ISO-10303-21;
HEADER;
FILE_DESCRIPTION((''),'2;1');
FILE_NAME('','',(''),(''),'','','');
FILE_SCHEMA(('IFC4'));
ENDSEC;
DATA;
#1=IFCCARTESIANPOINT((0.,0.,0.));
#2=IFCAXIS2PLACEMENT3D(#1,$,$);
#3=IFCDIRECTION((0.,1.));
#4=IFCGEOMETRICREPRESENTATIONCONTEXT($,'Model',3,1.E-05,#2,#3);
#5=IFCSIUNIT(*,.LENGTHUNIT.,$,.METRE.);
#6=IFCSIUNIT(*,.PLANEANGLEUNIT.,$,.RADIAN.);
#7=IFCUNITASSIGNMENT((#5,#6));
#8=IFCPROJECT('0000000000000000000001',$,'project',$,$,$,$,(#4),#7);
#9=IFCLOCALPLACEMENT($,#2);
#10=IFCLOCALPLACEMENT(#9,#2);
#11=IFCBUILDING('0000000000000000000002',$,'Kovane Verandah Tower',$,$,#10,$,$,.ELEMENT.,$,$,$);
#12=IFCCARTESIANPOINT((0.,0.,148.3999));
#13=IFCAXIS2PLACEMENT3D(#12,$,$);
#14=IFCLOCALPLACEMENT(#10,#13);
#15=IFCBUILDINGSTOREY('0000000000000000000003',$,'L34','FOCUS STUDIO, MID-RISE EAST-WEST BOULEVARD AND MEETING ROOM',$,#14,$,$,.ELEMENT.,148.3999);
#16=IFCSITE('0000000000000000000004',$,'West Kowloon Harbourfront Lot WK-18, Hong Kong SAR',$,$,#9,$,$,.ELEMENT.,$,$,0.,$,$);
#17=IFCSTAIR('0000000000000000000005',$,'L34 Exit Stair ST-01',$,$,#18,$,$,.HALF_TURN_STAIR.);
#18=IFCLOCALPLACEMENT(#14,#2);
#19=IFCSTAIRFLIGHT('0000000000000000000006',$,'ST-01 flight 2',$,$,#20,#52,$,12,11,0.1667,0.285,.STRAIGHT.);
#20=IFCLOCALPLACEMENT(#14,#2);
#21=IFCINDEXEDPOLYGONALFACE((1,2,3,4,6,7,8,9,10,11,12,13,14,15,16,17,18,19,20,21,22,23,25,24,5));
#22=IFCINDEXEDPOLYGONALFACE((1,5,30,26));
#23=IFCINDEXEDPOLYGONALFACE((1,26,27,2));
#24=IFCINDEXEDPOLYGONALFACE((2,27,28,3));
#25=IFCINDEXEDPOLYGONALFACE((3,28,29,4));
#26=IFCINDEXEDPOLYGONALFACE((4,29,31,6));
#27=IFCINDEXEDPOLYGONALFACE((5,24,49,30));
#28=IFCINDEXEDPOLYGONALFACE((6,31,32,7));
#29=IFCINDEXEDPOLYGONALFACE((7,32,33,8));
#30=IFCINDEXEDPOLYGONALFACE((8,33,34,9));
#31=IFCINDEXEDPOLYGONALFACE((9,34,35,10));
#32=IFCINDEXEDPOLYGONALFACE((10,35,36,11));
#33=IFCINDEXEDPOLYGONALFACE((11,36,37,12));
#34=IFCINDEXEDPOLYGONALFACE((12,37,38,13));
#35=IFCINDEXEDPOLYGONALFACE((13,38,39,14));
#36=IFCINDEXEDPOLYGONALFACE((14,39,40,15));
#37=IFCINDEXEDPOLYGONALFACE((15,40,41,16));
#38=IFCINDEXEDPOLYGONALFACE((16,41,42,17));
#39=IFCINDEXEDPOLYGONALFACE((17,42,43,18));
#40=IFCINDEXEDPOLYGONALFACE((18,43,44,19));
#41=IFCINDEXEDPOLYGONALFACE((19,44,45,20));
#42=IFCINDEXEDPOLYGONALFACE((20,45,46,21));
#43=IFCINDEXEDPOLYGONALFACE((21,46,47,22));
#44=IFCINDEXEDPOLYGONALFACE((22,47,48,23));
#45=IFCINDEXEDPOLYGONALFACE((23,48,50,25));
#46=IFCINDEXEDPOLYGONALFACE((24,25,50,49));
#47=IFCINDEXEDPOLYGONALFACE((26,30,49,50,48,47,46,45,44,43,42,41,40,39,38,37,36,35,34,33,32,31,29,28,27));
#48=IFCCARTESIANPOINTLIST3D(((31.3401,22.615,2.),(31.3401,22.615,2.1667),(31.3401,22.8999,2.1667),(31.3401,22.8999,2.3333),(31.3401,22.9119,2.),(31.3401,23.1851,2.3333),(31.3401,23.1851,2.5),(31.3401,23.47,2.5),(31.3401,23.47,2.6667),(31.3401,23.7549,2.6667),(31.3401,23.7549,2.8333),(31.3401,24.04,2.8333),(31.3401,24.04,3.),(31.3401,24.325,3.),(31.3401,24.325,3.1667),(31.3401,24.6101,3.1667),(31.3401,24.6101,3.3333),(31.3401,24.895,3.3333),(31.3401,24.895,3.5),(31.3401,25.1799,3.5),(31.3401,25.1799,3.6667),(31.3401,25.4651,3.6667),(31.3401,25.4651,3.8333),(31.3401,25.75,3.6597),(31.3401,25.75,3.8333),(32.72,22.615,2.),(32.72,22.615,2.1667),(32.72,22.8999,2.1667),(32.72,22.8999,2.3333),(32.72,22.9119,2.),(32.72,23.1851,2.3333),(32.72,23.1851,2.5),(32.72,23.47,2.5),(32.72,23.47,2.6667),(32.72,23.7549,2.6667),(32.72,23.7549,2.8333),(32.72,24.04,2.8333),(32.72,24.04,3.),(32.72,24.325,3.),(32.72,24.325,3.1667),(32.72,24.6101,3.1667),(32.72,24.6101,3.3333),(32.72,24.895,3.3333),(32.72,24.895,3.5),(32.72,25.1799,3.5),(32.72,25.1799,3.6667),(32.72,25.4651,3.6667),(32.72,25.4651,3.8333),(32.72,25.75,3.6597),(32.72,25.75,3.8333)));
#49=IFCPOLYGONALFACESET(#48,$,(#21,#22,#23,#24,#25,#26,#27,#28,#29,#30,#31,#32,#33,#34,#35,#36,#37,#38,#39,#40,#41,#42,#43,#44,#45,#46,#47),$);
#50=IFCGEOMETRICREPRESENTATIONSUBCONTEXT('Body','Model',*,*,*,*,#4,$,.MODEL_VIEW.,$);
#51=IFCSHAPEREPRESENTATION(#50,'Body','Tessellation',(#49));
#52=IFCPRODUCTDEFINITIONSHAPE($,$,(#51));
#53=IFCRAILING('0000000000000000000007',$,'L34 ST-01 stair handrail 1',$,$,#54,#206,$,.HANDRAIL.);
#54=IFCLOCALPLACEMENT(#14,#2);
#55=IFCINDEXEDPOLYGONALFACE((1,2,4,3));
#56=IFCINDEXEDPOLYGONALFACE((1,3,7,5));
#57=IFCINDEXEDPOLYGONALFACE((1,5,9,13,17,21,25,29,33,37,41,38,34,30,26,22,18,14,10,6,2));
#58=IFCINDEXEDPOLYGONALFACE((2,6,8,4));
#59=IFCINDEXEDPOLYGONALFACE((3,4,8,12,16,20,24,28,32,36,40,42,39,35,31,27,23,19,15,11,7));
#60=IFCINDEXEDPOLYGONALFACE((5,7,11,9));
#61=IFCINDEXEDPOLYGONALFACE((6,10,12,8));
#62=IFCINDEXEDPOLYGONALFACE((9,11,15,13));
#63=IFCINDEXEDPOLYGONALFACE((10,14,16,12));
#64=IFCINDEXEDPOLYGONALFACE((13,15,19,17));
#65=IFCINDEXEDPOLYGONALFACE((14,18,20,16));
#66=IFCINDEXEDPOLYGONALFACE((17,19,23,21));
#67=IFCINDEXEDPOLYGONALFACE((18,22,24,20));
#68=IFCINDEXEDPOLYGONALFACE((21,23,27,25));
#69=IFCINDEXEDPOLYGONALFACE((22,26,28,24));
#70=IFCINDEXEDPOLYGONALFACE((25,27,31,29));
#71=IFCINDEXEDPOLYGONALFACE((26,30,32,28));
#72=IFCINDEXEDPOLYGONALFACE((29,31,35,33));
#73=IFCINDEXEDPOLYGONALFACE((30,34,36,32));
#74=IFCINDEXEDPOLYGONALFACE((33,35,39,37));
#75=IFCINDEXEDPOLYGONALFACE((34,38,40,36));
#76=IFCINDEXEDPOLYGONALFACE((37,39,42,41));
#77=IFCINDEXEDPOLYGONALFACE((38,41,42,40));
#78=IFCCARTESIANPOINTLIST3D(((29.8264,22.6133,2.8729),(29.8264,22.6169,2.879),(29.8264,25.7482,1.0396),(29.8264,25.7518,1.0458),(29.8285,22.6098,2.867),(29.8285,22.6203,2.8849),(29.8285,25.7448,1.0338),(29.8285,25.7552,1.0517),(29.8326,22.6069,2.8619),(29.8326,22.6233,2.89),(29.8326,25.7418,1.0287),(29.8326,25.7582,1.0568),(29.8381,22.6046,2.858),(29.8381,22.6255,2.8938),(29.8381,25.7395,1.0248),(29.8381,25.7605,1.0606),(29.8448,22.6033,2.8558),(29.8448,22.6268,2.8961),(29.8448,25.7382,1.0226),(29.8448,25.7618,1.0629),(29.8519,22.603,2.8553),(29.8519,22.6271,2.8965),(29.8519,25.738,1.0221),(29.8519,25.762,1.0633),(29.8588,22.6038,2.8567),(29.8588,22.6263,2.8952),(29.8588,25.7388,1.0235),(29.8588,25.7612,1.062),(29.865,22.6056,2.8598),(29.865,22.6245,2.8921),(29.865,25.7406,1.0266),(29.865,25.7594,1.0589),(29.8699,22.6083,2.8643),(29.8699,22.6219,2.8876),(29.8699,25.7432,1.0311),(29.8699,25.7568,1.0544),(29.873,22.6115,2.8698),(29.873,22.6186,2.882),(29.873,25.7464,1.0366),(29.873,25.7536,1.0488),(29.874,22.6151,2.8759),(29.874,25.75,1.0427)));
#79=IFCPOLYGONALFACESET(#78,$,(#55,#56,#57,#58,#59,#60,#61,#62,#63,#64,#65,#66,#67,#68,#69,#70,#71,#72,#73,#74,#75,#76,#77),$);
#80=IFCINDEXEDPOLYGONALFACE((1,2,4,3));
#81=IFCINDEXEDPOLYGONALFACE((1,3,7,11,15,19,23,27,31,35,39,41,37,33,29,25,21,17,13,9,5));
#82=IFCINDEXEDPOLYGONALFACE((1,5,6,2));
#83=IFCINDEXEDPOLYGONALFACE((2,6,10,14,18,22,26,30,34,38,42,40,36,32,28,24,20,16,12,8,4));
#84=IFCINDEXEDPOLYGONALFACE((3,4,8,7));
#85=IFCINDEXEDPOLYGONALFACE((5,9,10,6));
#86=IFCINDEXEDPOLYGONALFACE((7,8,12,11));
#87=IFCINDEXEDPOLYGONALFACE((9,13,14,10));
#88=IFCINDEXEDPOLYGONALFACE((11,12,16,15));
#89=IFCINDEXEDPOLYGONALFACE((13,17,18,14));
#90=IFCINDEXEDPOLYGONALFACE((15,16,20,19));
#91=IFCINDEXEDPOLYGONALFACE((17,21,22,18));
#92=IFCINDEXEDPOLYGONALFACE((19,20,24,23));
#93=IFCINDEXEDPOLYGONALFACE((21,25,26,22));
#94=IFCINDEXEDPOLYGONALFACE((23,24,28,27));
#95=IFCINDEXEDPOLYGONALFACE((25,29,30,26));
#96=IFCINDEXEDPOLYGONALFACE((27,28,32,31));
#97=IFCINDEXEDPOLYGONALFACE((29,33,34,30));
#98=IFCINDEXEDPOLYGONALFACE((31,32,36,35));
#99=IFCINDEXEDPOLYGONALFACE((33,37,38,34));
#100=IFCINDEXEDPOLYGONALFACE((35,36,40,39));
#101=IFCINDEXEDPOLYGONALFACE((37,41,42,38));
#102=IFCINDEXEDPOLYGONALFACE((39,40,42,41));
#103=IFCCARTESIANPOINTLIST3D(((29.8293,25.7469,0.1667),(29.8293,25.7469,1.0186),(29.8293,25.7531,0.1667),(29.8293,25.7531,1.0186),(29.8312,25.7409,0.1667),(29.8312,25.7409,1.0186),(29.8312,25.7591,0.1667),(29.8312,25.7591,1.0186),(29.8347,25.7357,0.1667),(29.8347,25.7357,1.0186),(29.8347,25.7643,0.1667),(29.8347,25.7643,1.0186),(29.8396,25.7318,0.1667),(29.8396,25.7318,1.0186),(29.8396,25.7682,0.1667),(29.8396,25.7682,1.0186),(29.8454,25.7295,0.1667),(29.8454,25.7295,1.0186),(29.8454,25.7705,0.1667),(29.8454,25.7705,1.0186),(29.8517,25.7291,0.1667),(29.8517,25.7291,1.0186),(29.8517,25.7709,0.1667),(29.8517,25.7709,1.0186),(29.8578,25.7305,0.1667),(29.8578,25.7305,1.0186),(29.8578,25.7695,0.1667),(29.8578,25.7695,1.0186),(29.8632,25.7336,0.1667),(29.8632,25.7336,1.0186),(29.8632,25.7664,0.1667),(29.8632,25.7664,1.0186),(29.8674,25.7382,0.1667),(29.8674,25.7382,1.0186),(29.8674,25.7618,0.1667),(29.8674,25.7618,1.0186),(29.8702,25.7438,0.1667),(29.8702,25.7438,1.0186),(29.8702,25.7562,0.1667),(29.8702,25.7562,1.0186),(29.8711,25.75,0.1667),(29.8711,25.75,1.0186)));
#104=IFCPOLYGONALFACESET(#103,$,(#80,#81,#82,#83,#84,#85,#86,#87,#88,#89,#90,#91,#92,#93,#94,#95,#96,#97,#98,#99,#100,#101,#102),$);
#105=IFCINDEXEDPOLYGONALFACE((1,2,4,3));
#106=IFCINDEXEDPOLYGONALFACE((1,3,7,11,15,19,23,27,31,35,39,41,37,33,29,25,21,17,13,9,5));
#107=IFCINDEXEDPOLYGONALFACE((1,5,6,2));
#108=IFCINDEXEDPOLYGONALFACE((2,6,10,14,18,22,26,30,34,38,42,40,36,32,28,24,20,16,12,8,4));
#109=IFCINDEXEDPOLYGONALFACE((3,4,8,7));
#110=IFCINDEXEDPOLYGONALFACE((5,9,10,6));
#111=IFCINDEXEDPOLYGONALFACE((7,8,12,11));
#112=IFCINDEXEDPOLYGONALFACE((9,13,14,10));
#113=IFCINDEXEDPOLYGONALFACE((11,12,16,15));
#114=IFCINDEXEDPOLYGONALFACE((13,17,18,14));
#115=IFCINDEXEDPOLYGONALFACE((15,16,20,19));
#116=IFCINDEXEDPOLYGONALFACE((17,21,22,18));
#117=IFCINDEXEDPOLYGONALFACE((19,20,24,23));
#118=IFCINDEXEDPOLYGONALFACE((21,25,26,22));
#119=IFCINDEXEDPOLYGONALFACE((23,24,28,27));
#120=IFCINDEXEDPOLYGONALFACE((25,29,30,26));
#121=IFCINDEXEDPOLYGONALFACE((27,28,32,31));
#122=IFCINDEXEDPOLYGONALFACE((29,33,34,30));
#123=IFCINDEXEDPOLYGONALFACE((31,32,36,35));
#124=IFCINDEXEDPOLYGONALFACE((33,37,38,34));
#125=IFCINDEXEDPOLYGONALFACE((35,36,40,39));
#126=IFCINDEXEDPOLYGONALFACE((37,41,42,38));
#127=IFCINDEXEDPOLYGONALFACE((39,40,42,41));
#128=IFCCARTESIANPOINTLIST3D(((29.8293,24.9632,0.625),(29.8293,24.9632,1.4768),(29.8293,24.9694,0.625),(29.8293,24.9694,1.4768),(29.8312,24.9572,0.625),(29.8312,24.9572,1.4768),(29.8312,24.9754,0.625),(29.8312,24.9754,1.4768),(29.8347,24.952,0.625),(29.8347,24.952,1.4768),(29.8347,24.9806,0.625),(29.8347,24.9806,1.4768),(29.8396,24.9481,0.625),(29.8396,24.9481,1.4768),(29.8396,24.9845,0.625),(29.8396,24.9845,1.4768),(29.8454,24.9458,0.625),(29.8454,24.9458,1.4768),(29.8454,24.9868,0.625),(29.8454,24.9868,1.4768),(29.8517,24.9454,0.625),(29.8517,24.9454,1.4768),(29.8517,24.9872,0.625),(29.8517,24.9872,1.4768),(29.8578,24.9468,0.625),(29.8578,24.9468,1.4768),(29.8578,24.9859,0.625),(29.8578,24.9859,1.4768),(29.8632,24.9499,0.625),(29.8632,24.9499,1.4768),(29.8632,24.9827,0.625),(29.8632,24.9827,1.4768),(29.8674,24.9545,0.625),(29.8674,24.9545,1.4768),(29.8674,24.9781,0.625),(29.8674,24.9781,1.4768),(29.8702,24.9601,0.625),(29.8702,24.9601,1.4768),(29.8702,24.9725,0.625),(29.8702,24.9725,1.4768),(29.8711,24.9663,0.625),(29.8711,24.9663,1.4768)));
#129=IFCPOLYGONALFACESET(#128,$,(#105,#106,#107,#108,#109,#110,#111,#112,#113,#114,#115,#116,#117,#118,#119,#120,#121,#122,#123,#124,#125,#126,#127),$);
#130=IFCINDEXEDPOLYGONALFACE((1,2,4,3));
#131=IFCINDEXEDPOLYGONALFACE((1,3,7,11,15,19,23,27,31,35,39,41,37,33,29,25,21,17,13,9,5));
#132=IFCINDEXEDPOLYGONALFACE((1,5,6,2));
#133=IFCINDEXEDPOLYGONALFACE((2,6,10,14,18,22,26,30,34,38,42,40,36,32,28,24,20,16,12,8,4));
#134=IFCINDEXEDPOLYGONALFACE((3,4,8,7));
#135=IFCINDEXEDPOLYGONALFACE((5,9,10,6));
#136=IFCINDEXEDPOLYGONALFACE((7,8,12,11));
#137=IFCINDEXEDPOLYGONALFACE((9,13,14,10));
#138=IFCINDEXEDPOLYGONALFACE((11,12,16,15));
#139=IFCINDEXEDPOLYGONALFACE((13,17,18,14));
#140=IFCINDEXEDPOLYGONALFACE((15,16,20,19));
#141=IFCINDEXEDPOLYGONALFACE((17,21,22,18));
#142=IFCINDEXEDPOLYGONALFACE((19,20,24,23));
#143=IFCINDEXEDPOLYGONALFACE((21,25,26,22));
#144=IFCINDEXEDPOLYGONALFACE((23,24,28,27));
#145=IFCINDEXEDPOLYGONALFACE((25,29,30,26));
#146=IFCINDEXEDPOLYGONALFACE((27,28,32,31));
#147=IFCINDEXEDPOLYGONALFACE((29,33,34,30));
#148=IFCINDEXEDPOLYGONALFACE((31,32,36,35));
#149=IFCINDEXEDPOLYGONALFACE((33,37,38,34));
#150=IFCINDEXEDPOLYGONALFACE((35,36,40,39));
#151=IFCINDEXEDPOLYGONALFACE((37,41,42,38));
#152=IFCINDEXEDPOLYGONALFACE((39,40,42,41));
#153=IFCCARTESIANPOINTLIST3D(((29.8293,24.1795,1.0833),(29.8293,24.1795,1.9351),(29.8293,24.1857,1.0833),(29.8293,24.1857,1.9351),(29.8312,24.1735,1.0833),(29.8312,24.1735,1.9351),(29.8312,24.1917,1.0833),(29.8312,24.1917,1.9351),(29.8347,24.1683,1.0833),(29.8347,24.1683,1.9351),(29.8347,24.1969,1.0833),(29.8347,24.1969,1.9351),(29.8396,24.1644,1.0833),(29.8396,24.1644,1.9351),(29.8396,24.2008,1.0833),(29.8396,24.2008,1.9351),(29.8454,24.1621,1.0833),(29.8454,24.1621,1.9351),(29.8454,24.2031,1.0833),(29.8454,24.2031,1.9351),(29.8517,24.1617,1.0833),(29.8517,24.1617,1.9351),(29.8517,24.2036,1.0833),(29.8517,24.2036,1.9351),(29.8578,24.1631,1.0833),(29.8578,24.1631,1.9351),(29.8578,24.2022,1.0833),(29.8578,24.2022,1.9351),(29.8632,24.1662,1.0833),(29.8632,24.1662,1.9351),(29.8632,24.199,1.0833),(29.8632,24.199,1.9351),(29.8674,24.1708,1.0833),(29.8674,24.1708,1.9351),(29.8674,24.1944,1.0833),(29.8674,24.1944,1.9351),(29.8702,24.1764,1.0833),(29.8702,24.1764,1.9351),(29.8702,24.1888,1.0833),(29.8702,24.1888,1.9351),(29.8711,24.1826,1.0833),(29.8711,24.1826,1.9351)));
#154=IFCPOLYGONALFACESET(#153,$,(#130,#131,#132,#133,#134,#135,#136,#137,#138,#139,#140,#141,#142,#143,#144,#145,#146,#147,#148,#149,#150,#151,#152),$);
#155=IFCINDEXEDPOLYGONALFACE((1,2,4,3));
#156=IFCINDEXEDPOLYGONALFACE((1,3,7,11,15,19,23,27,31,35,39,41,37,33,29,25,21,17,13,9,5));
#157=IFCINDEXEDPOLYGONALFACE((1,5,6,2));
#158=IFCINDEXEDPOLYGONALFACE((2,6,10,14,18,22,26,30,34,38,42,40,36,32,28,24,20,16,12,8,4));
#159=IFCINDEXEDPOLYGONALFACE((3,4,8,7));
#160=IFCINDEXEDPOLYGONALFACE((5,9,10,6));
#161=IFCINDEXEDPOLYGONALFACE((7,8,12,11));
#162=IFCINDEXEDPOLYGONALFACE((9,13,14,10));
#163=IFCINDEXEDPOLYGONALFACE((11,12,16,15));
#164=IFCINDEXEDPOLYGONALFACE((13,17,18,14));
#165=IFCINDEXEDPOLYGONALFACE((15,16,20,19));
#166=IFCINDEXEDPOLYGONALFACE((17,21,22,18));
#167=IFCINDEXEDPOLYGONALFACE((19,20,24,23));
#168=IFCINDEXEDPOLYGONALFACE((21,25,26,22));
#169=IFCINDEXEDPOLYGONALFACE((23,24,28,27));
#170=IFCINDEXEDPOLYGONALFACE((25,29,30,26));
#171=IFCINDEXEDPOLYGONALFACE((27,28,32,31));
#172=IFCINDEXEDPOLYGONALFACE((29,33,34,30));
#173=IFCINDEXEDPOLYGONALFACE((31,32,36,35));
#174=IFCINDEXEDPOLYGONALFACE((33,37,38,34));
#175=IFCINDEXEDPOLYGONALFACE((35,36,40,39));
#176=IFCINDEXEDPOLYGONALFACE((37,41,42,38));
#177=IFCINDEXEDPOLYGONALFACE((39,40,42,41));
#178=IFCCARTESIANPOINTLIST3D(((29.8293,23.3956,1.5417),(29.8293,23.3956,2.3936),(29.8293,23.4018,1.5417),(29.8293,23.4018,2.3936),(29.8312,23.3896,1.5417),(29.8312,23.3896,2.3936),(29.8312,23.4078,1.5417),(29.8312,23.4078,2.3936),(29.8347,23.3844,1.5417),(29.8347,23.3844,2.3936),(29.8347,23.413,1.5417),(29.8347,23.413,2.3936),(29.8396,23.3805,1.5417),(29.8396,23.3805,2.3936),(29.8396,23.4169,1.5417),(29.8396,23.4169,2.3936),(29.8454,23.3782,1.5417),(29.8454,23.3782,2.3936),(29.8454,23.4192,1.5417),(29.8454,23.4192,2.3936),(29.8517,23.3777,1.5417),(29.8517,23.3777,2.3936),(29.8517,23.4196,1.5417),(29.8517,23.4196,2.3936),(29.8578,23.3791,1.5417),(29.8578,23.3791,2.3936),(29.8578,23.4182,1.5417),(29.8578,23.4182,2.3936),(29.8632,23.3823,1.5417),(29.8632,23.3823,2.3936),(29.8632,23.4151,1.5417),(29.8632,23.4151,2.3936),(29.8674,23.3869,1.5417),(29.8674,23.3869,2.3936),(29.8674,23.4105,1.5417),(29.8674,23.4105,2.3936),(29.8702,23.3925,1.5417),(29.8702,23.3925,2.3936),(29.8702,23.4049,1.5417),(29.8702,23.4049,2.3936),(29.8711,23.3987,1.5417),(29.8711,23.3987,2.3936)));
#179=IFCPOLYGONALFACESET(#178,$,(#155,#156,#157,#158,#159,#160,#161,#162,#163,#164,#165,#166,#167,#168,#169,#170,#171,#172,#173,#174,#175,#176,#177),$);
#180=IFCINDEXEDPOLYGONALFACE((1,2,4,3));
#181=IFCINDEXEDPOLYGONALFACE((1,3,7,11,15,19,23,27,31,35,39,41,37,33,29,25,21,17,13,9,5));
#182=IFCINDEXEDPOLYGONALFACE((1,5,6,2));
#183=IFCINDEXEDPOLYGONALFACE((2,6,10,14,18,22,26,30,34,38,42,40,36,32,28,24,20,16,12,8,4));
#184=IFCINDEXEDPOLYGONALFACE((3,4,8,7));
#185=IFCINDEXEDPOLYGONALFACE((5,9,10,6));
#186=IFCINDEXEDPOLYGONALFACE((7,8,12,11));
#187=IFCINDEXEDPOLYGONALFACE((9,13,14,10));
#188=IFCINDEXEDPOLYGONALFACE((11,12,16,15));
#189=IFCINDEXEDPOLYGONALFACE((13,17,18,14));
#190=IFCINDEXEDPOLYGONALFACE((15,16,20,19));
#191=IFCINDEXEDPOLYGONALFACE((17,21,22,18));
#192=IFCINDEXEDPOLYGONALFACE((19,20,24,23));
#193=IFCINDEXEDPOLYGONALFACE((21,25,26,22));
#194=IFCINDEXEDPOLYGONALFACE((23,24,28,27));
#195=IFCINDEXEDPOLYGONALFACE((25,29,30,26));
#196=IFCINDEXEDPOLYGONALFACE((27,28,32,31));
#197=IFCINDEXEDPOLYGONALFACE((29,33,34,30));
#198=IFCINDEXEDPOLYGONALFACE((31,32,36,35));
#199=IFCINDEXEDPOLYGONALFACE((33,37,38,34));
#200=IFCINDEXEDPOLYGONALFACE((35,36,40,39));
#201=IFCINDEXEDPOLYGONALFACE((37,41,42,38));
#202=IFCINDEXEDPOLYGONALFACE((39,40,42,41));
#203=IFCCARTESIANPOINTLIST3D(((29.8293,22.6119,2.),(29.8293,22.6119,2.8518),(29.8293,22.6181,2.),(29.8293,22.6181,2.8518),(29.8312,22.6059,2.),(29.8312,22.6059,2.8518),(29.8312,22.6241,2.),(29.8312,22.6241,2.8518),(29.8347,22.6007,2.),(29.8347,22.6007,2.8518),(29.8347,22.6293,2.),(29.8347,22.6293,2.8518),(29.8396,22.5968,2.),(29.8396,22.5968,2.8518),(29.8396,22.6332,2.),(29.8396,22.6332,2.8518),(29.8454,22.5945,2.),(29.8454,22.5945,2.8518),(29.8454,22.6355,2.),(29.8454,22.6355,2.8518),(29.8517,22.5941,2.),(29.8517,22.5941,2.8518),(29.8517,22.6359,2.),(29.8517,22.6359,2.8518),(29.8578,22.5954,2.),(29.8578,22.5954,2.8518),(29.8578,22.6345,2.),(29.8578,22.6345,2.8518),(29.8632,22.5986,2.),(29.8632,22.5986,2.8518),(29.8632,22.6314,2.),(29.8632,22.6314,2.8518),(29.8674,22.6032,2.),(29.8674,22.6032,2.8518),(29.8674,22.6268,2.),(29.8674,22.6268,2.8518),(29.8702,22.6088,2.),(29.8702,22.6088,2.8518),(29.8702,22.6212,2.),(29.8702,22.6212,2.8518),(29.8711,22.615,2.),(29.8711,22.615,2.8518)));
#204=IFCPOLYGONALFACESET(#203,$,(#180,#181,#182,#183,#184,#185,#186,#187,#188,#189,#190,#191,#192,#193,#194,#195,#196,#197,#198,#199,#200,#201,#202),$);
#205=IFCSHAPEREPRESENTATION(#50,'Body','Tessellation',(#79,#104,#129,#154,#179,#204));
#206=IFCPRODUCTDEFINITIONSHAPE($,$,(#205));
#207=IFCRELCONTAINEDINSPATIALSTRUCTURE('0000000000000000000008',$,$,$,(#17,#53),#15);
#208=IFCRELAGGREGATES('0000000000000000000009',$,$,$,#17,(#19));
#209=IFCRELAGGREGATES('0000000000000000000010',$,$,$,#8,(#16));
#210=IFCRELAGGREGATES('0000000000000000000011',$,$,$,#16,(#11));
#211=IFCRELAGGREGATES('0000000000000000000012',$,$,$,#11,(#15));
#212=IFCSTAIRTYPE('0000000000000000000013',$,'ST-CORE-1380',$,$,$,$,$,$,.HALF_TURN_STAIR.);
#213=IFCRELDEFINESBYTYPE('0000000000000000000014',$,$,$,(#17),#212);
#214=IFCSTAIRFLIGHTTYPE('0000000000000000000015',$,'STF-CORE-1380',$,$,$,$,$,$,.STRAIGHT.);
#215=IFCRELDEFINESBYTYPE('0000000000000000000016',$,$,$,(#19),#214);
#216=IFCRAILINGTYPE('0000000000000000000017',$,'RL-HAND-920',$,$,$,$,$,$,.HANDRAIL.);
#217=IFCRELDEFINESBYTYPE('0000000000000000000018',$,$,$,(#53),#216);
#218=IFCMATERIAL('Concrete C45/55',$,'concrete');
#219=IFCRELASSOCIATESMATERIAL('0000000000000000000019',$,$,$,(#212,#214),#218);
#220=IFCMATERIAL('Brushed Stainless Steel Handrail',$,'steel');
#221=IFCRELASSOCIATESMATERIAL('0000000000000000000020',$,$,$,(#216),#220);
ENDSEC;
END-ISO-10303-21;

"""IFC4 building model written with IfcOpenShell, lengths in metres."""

from ifc_helpers import new_model, si_unit, direction, frame, origin, origin_2d, place, context, subcontext, project, spatial, polyline, circle, outline, extrude, material, type_object, element, aggregate, save


model = new_model("IFC4")

# Units and contexts
model_context = context("Model", 3, precision=1e-05, world=origin(), true_north=direction((0.0, 1.0)))
body_context = subcontext(model_context, "Body", "Model", "MODEL_VIEW")
ifc_project = project(units=[si_unit("LENGTHUNIT", "METRE"), si_unit("PLANEANGLEUNIT", "RADIAN")], contexts=[model_context])

# Site, building, storey
site_placement = place(None, origin())
site = spatial("IfcSite", under=ifc_project, at=site_placement, Name="West Kowloon Harbourfront Lot WK-18, Hong Kong SAR", CompositionType="ELEMENT", RefElevation=0.0)
building_placement = place(site_placement, origin())
building = spatial("IfcBuilding", under=site, at=building_placement, Name="Kovane Verandah Tower", CompositionType="ELEMENT")
storey_placement = place(building_placement, frame((0.0, 0.0, 148.3999)))
storey = spatial("IfcBuildingStorey", under=building, at=storey_placement, Name="L34", Description="FOCUS STUDIO, MID-RISE EAST-WEST BOULEVARD AND MEETING ROOM", CompositionType="ELEMENT", Elevation=148.3999)

# Shared definitions
ifc_material_1 = material(Name="Concrete C45/55", Category="concrete")

# Stair, stair flight
stair_type = type_object("IfcStairType", Name="ST-CORE-1380", PredefinedType="HALF_TURN_STAIR", material=ifc_material_1)
stair_placement = place(storey_placement, origin())
stair = element("IfcStair", 1, at=stair_placement, inside=storey, type_object=stair_type, Name="L34 Exit Stair ST-01", PredefinedType="HALF_TURN_STAIR")
stair_flight_type = type_object("IfcStairFlightType", Name="STF-CORE-1380", PredefinedType="STRAIGHT", material=ifc_material_1)
stair_flight_1_placement = place(storey_placement, frame((32.03, 22.615, 2.0), z_axis=(0.0, 0.0, 1.0), x_axis=(0.0, 1.0, 0.0)))
stair_flight_1 = element("IfcStairFlight", 2, at=stair_flight_1_placement, type_object=stair_flight_type, Name="ST-01 flight 2", NumberOfRisers=12, NumberOfTreads=11, PredefinedType="STRAIGHT", RiserHeight=0.1667, TreadLength=0.285, context=body_context, shape_type="SweptSolid", body=[
    extrude(outline(polyline([(0.0, 0.0), (0.0, 0.1667), (0.2849, 0.1667), (0.2849, 0.3333), (0.5701, 0.3333), (0.5701, 0.5), (0.855, 0.5), (0.855, 0.6667), (1.1399, 0.6667), (1.1399, 0.8333), (1.425, 0.8333), (1.425, 1.0), (1.71, 1.0), (1.71, 1.1667), (1.9951, 1.1667), (1.9951, 1.3333), (2.28, 1.3333), (2.28, 1.5), (2.5649, 1.5), (2.5649, 1.6667), (2.8501, 1.6667), (2.8501, 1.8333), (3.135, 1.8333), (3.135, 2.0), (3.135, 1.6597), (0.2969, 0.0), (0.0, 0.0)])), frame((0.0, 0.6899, 0.0), z_axis=(0.0, -1.0, 0.0), x_axis=(1.0, 0.0, 0.0)), (0.0, 0.0, 1.0), 1.3799),
])
aggregate(stair, [stair_flight_1])

# Railing
ifc_material_2 = material(Name="Brushed Stainless Steel Handrail", Category="steel")
railing_type_1 = type_object("IfcRailingType", Name="RL-HAND-920", PredefinedType="HANDRAIL", material=ifc_material_2)
railing_1_placement = place(storey_placement, frame((29.8501, 25.75, 0.1667)))
element("IfcRailing", 3, at=railing_1_placement, inside=storey, type_object=railing_type_1, Name="L34 ST-01 stair handrail 1", PredefinedType="HANDRAIL", context=body_context, shape_type="SweptSolid", body=[
    extrude(circle(Radius=0.0239, at=origin_2d()), frame((0.0, 0.0, 0.876), z_axis=(0.0, -0.86324, 0.504794), x_axis=(1.0, 0.0, 0.0)), (0.0, 0.0, 1.0), 3.6316),
    extrude(circle(Radius=0.021, at=origin_2d()), origin(), (0.0, 0.0, 1.0), 0.8518),
    extrude(circle(Radius=0.021, at=origin_2d()), frame((0.0, -0.7837, 0.4583)), (0.0, 0.0, 1.0), 0.8518),
    extrude(circle(Radius=0.021, at=origin_2d()), frame((0.0, -1.5674, 0.9165)), (0.0, 0.0, 1.0), 0.8518),
    extrude(circle(Radius=0.021, at=origin_2d()), frame((0.0, -2.3513, 1.375)), (0.0, 0.0, 1.0), 0.8518),
    extrude(circle(Radius=0.021, at=origin_2d()), frame((0.0, -3.135, 1.8333)), (0.0, 0.0, 1.0), 0.8518),
])

save(model, "model.ifc")
